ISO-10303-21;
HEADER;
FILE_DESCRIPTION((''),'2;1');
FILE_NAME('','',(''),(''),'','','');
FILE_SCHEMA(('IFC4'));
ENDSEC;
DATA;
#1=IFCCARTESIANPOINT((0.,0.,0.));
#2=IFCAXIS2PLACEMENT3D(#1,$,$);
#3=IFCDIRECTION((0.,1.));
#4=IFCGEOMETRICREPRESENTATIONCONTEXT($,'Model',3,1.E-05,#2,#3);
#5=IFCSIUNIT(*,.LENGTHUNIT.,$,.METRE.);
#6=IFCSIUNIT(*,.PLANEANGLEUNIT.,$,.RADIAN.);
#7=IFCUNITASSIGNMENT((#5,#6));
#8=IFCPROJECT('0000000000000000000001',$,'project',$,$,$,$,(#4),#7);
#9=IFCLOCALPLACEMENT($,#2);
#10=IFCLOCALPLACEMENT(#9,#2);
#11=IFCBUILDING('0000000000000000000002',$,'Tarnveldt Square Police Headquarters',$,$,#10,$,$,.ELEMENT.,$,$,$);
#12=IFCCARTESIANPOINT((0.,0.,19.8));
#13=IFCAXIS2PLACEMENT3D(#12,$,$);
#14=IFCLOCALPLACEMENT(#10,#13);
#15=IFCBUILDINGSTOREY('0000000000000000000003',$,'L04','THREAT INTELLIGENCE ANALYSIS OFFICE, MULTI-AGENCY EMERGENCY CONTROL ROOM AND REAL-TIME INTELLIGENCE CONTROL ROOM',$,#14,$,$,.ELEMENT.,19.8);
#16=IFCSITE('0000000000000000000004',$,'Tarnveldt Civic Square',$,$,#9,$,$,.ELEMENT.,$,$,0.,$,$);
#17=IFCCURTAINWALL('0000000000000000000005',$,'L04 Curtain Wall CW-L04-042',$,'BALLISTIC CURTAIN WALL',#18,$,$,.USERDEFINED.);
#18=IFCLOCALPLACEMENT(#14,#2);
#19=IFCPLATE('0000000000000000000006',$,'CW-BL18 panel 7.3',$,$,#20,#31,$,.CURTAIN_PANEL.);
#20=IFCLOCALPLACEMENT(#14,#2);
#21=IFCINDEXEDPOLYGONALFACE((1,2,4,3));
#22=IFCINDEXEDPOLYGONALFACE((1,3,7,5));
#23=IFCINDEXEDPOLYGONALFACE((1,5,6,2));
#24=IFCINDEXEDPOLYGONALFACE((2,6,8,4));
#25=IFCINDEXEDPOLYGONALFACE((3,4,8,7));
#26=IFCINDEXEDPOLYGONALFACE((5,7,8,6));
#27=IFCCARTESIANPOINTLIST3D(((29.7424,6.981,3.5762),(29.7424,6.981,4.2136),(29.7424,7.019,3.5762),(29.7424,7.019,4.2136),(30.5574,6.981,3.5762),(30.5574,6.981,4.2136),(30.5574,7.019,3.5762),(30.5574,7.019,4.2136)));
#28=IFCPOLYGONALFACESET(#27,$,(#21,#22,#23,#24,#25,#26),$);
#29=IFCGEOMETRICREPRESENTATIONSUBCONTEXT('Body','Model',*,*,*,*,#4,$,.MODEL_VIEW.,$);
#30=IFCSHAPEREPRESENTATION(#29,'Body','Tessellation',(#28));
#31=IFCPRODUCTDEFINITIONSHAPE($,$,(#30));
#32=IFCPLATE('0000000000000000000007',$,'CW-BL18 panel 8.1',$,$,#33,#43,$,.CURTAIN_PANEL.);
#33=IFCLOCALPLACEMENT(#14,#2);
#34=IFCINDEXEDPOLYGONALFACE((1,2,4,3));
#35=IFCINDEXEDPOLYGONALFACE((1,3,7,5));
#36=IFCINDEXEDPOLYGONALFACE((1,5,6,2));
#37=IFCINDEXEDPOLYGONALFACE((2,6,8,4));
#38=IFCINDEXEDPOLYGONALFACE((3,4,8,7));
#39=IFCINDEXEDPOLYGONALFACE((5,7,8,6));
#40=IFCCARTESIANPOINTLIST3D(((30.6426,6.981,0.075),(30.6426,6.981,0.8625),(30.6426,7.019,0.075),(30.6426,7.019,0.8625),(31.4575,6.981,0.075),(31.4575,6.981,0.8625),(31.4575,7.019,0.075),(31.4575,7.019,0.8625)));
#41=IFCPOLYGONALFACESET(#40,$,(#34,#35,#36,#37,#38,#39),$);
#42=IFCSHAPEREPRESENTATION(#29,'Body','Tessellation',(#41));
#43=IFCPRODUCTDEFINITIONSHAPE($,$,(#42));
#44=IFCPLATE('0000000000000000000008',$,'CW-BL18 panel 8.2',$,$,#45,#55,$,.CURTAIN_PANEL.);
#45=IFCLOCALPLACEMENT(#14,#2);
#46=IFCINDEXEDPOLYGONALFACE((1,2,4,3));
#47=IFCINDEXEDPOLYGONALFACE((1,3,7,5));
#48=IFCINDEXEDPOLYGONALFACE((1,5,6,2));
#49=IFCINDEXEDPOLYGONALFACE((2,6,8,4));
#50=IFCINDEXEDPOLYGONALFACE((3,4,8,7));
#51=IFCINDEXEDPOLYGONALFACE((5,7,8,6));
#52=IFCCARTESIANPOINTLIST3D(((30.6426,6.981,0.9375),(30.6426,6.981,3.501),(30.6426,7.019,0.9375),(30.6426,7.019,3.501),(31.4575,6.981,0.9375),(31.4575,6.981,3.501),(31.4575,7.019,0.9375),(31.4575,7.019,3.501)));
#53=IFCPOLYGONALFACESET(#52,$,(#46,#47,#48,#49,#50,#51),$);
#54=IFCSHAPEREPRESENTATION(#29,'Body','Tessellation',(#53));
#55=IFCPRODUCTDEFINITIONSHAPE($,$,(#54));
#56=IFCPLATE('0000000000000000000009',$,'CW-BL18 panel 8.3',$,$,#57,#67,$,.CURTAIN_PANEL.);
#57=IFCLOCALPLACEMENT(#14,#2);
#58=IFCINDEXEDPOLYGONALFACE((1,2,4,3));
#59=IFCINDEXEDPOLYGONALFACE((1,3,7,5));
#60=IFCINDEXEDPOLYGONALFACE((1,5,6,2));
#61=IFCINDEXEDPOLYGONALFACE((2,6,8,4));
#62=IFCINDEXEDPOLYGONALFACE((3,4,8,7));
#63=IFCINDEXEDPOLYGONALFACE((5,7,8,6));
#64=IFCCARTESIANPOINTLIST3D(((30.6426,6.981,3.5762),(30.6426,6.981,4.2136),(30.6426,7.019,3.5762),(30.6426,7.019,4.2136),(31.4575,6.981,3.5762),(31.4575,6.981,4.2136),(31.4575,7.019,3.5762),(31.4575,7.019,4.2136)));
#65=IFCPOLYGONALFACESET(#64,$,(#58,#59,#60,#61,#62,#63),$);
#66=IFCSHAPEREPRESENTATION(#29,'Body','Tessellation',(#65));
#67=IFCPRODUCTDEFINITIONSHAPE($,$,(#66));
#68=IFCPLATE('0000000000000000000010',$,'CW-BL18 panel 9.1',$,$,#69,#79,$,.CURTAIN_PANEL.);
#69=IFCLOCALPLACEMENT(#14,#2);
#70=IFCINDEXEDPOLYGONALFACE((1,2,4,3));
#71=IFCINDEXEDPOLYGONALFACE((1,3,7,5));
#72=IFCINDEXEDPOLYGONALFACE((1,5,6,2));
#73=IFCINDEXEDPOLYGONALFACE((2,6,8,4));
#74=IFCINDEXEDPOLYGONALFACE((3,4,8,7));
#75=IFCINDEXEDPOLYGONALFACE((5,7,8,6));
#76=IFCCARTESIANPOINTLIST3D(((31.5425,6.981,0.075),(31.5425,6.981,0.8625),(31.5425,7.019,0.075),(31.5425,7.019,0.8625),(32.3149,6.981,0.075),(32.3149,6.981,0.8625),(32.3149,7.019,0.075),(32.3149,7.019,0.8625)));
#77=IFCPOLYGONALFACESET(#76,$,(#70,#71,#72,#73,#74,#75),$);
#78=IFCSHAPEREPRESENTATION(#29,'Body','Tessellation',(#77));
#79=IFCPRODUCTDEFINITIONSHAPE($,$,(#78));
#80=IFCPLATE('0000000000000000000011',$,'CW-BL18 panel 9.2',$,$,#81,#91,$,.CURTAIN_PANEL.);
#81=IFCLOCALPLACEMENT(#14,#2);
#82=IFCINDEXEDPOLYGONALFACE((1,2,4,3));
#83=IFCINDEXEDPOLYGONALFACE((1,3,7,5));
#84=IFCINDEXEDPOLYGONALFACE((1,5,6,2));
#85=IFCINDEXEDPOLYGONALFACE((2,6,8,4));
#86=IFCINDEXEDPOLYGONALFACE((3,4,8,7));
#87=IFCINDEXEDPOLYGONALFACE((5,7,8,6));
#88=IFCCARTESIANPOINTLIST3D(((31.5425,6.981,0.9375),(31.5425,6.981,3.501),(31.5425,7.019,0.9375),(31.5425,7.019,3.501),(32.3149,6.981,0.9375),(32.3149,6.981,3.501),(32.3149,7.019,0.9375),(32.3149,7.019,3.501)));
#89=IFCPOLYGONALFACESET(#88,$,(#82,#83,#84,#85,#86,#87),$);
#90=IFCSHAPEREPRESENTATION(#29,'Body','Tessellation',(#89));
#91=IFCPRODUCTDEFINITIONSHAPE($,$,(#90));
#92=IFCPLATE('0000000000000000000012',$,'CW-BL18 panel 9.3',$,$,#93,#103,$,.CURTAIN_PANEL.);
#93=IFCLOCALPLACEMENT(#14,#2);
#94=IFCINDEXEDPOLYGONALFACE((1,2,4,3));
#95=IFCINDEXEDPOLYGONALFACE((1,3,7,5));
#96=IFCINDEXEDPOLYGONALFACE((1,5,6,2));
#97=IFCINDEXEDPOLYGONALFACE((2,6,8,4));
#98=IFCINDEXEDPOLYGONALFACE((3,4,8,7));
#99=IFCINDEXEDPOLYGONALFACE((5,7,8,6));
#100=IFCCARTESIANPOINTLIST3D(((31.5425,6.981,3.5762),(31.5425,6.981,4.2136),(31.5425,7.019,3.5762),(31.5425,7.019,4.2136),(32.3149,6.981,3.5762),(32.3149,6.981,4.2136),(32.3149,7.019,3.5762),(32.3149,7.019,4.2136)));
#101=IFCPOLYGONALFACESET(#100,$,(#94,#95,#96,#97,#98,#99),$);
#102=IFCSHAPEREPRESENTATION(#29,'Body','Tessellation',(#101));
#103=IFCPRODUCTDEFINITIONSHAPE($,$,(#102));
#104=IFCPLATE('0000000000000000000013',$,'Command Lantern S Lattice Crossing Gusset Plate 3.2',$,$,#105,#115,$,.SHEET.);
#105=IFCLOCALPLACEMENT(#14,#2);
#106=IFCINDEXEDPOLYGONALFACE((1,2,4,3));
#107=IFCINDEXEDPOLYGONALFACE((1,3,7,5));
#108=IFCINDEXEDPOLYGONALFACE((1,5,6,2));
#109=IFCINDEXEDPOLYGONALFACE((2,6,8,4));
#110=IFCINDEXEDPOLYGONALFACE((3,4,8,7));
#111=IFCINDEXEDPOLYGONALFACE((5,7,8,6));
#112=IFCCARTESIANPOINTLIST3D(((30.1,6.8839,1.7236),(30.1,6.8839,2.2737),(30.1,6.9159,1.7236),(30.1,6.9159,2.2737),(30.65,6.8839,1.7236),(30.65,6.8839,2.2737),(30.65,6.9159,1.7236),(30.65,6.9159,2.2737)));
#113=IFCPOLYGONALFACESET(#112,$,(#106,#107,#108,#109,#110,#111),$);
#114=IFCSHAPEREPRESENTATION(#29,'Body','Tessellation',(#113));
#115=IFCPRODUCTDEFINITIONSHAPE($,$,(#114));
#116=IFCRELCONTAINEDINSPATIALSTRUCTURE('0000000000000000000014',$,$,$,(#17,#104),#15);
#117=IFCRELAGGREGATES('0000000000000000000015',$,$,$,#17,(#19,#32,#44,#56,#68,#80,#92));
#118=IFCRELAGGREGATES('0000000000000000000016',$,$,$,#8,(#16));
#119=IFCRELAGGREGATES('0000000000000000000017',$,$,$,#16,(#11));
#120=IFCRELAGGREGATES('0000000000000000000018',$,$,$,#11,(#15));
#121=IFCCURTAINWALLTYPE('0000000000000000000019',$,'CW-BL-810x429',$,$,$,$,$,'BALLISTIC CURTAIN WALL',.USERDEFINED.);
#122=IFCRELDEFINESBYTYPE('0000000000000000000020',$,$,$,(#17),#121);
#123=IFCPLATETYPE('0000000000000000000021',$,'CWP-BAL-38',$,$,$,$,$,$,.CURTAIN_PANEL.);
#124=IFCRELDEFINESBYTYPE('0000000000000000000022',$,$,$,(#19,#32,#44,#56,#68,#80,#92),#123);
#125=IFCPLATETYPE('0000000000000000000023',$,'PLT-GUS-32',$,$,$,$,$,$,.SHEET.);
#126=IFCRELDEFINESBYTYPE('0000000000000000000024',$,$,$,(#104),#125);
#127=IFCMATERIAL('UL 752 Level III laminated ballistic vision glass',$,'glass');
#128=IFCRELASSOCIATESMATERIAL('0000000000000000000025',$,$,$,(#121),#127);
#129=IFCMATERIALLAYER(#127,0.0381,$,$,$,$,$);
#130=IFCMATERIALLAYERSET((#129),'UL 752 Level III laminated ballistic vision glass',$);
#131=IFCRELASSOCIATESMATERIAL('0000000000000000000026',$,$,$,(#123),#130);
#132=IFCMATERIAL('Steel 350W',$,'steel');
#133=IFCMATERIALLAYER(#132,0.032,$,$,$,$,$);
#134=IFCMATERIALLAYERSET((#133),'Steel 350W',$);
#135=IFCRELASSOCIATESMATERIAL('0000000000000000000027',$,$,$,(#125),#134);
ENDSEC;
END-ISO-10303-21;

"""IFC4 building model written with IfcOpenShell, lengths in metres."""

from ifc_helpers import new_model, si_unit, direction, frame, origin, origin_2d, place, context, subcontext, project, spatial, rectangle, extrude, material, layer, layer_set, type_object, element, aggregate, save


model = new_model("IFC4")

# Units and contexts
model_context = context("Model", 3, precision=1e-05, world=origin(), true_north=direction((0.0, 1.0)))
body_context = subcontext(model_context, "Body", "Model", "MODEL_VIEW")
ifc_project = project(units=[si_unit("LENGTHUNIT", "METRE"), si_unit("PLANEANGLEUNIT", "RADIAN")], contexts=[model_context])

# Site, building, storey
site_placement = place(None, origin())
site = spatial("IfcSite", under=ifc_project, at=site_placement, Name="Tarnveldt Civic Square", CompositionType="ELEMENT", RefElevation=0.0)
building_placement = place(site_placement, origin())
building = spatial("IfcBuilding", under=site, at=building_placement, Name="Tarnveldt Square Police Headquarters", CompositionType="ELEMENT")
storey_placement = place(building_placement, frame((0.0, 0.0, 19.8)))
storey = spatial("IfcBuildingStorey", under=building, at=storey_placement, Name="L04", Description="THREAT INTELLIGENCE ANALYSIS OFFICE, MULTI-AGENCY EMERGENCY CONTROL ROOM AND REAL-TIME INTELLIGENCE CONTROL ROOM", CompositionType="ELEMENT", Elevation=19.8)

# Shared definitions
ifc_material_1 = material(Name="Steel 350W", Category="steel")

# Curtain wall
ifc_material_2 = material(Name="UL 752 Level III laminated ballistic vision glass", Category="glass")
curtain_wall_type = type_object("IfcCurtainWallType", Name="CW-BL-810x429", ElementType="BALLISTIC CURTAIN WALL", PredefinedType="USERDEFINED", material=ifc_material_2)
curtain_wall_1_placement = place(storey_placement, origin())
curtain_wall_1 = element("IfcCurtainWall", 1, at=curtain_wall_1_placement, inside=storey, type_object=curtain_wall_type, Name="L04 Curtain Wall CW-L04-042", ObjectType="BALLISTIC CURTAIN WALL", PredefinedType="USERDEFINED")

# Plates
ifc_layer_1 = layer(ifc_material_2, 0.0381)
ifc_layer_set_1 = layer_set([ifc_layer_1], Name="UL 752 Level III laminated ballistic vision glass")
plate_type_1 = type_object("IfcPlateType", Name="CWP-BAL-38", PredefinedType="CURTAIN_PANEL", material=ifc_layer_set_1)
plate_1_placement = place(storey_placement, frame((30.1499, 7.0, 3.5762), z_axis=(0.0, 0.0, 1.0), x_axis=(1.0, 0.0, 0.0)))
plate_1 = element("IfcPlate", 2, at=plate_1_placement, type_object=plate_type_1, Name="CW-BL18 panel 7.3", PredefinedType="CURTAIN_PANEL", context=body_context, shape_type="SweptSolid", body=[
    extrude(rectangle(XDim=0.8149, YDim=0.0381, at=origin_2d()), origin(), (0.0, 0.0, 1.0), 0.6375),
])
plate_2_placement = place(storey_placement, frame((31.05, 7.0, 0.075), z_axis=(0.0, 0.0, 1.0), x_axis=(1.0, 0.0, 0.0)))
plate_2 = element("IfcPlate", 3, at=plate_2_placement, type_object=plate_type_1, Name="CW-BL18 panel 8.1", PredefinedType="CURTAIN_PANEL", context=body_context, shape_type="SweptSolid", body=[
    extrude(rectangle(XDim=0.8149, YDim=0.0381, at=origin_2d()), origin(), (0.0, 0.0, 1.0), 0.7876),
])
plate_3_placement = place(storey_placement, frame((31.05, 7.0, 0.9375), z_axis=(0.0, 0.0, 1.0), x_axis=(1.0, 0.0, 0.0)))
plate_3 = element("IfcPlate", 4, at=plate_3_placement, type_object=plate_type_1, Name="CW-BL18 panel 8.2", PredefinedType="CURTAIN_PANEL", context=body_context, shape_type="SweptSolid", body=[
    extrude(rectangle(XDim=0.8149, YDim=0.0381, at=origin_2d()), origin(), (0.0, 0.0, 1.0), 2.5635),
])
plate_4_placement = place(storey_placement, frame((31.05, 7.0, 3.5762), z_axis=(0.0, 0.0, 1.0), x_axis=(1.0, 0.0, 0.0)))
plate_4 = element("IfcPlate", 5, at=plate_4_placement, type_object=plate_type_1, Name="CW-BL18 panel 8.3", PredefinedType="CURTAIN_PANEL", context=body_context, shape_type="SweptSolid", body=[
    extrude(rectangle(XDim=0.8149, YDim=0.0381, at=origin_2d()), origin(), (0.0, 0.0, 1.0), 0.6375),
])
plate_5_placement = place(storey_placement, frame((31.9287, 7.0, 0.075), z_axis=(0.0, 0.0, 1.0), x_axis=(1.0, 0.0, 0.0)))
plate_5 = element("IfcPlate", 6, at=plate_5_placement, type_object=plate_type_1, Name="CW-BL18 panel 9.1", PredefinedType="CURTAIN_PANEL", context=body_context, shape_type="SweptSolid", body=[
    extrude(rectangle(XDim=0.7725, YDim=0.0381, at=origin_2d()), origin(), (0.0, 0.0, 1.0), 0.7876),
])
plate_6_placement = place(storey_placement, frame((31.9287, 7.0, 0.9375), z_axis=(0.0, 0.0, 1.0), x_axis=(1.0, 0.0, 0.0)))
plate_6 = element("IfcPlate", 7, at=plate_6_placement, type_object=plate_type_1, Name="CW-BL18 panel 9.2", PredefinedType="CURTAIN_PANEL", context=body_context, shape_type="SweptSolid", body=[
    extrude(rectangle(XDim=0.7725, YDim=0.0381, at=origin_2d()), origin(), (0.0, 0.0, 1.0), 2.5635),
])
plate_7_placement = place(storey_placement, frame((31.9287, 7.0, 3.5762), z_axis=(0.0, 0.0, 1.0), x_axis=(1.0, 0.0, 0.0)))
plate_7 = element("IfcPlate", 8, at=plate_7_placement, type_object=plate_type_1, Name="CW-BL18 panel 9.3", PredefinedType="CURTAIN_PANEL", context=body_context, shape_type="SweptSolid", body=[
    extrude(rectangle(XDim=0.7725, YDim=0.0381, at=origin_2d()), origin(), (0.0, 0.0, 1.0), 0.6375),
])
aggregate(curtain_wall_1, [plate_1, plate_2, plate_3, plate_4, plate_5, plate_6, plate_7])
ifc_layer_2 = layer(ifc_material_1, 0.032)
ifc_layer_set_2 = layer_set([ifc_layer_2], Name="Steel 350W")
plate_type_2 = type_object("IfcPlateType", Name="PLT-GUS-32", PredefinedType="SHEET", material=ifc_layer_set_2)
plate_8_placement = place(storey_placement, frame((30.375, 6.8999, 1.7236), z_axis=(0.0, 0.0, 1.0), x_axis=(1.0, 0.0, 0.0)))
element("IfcPlate", 9, at=plate_8_placement, inside=storey, type_object=plate_type_2, Name="Command Lantern S Lattice Crossing Gusset Plate 3.2", PredefinedType="SHEET", context=body_context, shape_type="SweptSolid", body=[
    extrude(rectangle(XDim=0.55, YDim=0.032, at=origin_2d()), origin(), (0.0, 0.0, 1.0), 0.55),
])

save(model, "model.ifc")
